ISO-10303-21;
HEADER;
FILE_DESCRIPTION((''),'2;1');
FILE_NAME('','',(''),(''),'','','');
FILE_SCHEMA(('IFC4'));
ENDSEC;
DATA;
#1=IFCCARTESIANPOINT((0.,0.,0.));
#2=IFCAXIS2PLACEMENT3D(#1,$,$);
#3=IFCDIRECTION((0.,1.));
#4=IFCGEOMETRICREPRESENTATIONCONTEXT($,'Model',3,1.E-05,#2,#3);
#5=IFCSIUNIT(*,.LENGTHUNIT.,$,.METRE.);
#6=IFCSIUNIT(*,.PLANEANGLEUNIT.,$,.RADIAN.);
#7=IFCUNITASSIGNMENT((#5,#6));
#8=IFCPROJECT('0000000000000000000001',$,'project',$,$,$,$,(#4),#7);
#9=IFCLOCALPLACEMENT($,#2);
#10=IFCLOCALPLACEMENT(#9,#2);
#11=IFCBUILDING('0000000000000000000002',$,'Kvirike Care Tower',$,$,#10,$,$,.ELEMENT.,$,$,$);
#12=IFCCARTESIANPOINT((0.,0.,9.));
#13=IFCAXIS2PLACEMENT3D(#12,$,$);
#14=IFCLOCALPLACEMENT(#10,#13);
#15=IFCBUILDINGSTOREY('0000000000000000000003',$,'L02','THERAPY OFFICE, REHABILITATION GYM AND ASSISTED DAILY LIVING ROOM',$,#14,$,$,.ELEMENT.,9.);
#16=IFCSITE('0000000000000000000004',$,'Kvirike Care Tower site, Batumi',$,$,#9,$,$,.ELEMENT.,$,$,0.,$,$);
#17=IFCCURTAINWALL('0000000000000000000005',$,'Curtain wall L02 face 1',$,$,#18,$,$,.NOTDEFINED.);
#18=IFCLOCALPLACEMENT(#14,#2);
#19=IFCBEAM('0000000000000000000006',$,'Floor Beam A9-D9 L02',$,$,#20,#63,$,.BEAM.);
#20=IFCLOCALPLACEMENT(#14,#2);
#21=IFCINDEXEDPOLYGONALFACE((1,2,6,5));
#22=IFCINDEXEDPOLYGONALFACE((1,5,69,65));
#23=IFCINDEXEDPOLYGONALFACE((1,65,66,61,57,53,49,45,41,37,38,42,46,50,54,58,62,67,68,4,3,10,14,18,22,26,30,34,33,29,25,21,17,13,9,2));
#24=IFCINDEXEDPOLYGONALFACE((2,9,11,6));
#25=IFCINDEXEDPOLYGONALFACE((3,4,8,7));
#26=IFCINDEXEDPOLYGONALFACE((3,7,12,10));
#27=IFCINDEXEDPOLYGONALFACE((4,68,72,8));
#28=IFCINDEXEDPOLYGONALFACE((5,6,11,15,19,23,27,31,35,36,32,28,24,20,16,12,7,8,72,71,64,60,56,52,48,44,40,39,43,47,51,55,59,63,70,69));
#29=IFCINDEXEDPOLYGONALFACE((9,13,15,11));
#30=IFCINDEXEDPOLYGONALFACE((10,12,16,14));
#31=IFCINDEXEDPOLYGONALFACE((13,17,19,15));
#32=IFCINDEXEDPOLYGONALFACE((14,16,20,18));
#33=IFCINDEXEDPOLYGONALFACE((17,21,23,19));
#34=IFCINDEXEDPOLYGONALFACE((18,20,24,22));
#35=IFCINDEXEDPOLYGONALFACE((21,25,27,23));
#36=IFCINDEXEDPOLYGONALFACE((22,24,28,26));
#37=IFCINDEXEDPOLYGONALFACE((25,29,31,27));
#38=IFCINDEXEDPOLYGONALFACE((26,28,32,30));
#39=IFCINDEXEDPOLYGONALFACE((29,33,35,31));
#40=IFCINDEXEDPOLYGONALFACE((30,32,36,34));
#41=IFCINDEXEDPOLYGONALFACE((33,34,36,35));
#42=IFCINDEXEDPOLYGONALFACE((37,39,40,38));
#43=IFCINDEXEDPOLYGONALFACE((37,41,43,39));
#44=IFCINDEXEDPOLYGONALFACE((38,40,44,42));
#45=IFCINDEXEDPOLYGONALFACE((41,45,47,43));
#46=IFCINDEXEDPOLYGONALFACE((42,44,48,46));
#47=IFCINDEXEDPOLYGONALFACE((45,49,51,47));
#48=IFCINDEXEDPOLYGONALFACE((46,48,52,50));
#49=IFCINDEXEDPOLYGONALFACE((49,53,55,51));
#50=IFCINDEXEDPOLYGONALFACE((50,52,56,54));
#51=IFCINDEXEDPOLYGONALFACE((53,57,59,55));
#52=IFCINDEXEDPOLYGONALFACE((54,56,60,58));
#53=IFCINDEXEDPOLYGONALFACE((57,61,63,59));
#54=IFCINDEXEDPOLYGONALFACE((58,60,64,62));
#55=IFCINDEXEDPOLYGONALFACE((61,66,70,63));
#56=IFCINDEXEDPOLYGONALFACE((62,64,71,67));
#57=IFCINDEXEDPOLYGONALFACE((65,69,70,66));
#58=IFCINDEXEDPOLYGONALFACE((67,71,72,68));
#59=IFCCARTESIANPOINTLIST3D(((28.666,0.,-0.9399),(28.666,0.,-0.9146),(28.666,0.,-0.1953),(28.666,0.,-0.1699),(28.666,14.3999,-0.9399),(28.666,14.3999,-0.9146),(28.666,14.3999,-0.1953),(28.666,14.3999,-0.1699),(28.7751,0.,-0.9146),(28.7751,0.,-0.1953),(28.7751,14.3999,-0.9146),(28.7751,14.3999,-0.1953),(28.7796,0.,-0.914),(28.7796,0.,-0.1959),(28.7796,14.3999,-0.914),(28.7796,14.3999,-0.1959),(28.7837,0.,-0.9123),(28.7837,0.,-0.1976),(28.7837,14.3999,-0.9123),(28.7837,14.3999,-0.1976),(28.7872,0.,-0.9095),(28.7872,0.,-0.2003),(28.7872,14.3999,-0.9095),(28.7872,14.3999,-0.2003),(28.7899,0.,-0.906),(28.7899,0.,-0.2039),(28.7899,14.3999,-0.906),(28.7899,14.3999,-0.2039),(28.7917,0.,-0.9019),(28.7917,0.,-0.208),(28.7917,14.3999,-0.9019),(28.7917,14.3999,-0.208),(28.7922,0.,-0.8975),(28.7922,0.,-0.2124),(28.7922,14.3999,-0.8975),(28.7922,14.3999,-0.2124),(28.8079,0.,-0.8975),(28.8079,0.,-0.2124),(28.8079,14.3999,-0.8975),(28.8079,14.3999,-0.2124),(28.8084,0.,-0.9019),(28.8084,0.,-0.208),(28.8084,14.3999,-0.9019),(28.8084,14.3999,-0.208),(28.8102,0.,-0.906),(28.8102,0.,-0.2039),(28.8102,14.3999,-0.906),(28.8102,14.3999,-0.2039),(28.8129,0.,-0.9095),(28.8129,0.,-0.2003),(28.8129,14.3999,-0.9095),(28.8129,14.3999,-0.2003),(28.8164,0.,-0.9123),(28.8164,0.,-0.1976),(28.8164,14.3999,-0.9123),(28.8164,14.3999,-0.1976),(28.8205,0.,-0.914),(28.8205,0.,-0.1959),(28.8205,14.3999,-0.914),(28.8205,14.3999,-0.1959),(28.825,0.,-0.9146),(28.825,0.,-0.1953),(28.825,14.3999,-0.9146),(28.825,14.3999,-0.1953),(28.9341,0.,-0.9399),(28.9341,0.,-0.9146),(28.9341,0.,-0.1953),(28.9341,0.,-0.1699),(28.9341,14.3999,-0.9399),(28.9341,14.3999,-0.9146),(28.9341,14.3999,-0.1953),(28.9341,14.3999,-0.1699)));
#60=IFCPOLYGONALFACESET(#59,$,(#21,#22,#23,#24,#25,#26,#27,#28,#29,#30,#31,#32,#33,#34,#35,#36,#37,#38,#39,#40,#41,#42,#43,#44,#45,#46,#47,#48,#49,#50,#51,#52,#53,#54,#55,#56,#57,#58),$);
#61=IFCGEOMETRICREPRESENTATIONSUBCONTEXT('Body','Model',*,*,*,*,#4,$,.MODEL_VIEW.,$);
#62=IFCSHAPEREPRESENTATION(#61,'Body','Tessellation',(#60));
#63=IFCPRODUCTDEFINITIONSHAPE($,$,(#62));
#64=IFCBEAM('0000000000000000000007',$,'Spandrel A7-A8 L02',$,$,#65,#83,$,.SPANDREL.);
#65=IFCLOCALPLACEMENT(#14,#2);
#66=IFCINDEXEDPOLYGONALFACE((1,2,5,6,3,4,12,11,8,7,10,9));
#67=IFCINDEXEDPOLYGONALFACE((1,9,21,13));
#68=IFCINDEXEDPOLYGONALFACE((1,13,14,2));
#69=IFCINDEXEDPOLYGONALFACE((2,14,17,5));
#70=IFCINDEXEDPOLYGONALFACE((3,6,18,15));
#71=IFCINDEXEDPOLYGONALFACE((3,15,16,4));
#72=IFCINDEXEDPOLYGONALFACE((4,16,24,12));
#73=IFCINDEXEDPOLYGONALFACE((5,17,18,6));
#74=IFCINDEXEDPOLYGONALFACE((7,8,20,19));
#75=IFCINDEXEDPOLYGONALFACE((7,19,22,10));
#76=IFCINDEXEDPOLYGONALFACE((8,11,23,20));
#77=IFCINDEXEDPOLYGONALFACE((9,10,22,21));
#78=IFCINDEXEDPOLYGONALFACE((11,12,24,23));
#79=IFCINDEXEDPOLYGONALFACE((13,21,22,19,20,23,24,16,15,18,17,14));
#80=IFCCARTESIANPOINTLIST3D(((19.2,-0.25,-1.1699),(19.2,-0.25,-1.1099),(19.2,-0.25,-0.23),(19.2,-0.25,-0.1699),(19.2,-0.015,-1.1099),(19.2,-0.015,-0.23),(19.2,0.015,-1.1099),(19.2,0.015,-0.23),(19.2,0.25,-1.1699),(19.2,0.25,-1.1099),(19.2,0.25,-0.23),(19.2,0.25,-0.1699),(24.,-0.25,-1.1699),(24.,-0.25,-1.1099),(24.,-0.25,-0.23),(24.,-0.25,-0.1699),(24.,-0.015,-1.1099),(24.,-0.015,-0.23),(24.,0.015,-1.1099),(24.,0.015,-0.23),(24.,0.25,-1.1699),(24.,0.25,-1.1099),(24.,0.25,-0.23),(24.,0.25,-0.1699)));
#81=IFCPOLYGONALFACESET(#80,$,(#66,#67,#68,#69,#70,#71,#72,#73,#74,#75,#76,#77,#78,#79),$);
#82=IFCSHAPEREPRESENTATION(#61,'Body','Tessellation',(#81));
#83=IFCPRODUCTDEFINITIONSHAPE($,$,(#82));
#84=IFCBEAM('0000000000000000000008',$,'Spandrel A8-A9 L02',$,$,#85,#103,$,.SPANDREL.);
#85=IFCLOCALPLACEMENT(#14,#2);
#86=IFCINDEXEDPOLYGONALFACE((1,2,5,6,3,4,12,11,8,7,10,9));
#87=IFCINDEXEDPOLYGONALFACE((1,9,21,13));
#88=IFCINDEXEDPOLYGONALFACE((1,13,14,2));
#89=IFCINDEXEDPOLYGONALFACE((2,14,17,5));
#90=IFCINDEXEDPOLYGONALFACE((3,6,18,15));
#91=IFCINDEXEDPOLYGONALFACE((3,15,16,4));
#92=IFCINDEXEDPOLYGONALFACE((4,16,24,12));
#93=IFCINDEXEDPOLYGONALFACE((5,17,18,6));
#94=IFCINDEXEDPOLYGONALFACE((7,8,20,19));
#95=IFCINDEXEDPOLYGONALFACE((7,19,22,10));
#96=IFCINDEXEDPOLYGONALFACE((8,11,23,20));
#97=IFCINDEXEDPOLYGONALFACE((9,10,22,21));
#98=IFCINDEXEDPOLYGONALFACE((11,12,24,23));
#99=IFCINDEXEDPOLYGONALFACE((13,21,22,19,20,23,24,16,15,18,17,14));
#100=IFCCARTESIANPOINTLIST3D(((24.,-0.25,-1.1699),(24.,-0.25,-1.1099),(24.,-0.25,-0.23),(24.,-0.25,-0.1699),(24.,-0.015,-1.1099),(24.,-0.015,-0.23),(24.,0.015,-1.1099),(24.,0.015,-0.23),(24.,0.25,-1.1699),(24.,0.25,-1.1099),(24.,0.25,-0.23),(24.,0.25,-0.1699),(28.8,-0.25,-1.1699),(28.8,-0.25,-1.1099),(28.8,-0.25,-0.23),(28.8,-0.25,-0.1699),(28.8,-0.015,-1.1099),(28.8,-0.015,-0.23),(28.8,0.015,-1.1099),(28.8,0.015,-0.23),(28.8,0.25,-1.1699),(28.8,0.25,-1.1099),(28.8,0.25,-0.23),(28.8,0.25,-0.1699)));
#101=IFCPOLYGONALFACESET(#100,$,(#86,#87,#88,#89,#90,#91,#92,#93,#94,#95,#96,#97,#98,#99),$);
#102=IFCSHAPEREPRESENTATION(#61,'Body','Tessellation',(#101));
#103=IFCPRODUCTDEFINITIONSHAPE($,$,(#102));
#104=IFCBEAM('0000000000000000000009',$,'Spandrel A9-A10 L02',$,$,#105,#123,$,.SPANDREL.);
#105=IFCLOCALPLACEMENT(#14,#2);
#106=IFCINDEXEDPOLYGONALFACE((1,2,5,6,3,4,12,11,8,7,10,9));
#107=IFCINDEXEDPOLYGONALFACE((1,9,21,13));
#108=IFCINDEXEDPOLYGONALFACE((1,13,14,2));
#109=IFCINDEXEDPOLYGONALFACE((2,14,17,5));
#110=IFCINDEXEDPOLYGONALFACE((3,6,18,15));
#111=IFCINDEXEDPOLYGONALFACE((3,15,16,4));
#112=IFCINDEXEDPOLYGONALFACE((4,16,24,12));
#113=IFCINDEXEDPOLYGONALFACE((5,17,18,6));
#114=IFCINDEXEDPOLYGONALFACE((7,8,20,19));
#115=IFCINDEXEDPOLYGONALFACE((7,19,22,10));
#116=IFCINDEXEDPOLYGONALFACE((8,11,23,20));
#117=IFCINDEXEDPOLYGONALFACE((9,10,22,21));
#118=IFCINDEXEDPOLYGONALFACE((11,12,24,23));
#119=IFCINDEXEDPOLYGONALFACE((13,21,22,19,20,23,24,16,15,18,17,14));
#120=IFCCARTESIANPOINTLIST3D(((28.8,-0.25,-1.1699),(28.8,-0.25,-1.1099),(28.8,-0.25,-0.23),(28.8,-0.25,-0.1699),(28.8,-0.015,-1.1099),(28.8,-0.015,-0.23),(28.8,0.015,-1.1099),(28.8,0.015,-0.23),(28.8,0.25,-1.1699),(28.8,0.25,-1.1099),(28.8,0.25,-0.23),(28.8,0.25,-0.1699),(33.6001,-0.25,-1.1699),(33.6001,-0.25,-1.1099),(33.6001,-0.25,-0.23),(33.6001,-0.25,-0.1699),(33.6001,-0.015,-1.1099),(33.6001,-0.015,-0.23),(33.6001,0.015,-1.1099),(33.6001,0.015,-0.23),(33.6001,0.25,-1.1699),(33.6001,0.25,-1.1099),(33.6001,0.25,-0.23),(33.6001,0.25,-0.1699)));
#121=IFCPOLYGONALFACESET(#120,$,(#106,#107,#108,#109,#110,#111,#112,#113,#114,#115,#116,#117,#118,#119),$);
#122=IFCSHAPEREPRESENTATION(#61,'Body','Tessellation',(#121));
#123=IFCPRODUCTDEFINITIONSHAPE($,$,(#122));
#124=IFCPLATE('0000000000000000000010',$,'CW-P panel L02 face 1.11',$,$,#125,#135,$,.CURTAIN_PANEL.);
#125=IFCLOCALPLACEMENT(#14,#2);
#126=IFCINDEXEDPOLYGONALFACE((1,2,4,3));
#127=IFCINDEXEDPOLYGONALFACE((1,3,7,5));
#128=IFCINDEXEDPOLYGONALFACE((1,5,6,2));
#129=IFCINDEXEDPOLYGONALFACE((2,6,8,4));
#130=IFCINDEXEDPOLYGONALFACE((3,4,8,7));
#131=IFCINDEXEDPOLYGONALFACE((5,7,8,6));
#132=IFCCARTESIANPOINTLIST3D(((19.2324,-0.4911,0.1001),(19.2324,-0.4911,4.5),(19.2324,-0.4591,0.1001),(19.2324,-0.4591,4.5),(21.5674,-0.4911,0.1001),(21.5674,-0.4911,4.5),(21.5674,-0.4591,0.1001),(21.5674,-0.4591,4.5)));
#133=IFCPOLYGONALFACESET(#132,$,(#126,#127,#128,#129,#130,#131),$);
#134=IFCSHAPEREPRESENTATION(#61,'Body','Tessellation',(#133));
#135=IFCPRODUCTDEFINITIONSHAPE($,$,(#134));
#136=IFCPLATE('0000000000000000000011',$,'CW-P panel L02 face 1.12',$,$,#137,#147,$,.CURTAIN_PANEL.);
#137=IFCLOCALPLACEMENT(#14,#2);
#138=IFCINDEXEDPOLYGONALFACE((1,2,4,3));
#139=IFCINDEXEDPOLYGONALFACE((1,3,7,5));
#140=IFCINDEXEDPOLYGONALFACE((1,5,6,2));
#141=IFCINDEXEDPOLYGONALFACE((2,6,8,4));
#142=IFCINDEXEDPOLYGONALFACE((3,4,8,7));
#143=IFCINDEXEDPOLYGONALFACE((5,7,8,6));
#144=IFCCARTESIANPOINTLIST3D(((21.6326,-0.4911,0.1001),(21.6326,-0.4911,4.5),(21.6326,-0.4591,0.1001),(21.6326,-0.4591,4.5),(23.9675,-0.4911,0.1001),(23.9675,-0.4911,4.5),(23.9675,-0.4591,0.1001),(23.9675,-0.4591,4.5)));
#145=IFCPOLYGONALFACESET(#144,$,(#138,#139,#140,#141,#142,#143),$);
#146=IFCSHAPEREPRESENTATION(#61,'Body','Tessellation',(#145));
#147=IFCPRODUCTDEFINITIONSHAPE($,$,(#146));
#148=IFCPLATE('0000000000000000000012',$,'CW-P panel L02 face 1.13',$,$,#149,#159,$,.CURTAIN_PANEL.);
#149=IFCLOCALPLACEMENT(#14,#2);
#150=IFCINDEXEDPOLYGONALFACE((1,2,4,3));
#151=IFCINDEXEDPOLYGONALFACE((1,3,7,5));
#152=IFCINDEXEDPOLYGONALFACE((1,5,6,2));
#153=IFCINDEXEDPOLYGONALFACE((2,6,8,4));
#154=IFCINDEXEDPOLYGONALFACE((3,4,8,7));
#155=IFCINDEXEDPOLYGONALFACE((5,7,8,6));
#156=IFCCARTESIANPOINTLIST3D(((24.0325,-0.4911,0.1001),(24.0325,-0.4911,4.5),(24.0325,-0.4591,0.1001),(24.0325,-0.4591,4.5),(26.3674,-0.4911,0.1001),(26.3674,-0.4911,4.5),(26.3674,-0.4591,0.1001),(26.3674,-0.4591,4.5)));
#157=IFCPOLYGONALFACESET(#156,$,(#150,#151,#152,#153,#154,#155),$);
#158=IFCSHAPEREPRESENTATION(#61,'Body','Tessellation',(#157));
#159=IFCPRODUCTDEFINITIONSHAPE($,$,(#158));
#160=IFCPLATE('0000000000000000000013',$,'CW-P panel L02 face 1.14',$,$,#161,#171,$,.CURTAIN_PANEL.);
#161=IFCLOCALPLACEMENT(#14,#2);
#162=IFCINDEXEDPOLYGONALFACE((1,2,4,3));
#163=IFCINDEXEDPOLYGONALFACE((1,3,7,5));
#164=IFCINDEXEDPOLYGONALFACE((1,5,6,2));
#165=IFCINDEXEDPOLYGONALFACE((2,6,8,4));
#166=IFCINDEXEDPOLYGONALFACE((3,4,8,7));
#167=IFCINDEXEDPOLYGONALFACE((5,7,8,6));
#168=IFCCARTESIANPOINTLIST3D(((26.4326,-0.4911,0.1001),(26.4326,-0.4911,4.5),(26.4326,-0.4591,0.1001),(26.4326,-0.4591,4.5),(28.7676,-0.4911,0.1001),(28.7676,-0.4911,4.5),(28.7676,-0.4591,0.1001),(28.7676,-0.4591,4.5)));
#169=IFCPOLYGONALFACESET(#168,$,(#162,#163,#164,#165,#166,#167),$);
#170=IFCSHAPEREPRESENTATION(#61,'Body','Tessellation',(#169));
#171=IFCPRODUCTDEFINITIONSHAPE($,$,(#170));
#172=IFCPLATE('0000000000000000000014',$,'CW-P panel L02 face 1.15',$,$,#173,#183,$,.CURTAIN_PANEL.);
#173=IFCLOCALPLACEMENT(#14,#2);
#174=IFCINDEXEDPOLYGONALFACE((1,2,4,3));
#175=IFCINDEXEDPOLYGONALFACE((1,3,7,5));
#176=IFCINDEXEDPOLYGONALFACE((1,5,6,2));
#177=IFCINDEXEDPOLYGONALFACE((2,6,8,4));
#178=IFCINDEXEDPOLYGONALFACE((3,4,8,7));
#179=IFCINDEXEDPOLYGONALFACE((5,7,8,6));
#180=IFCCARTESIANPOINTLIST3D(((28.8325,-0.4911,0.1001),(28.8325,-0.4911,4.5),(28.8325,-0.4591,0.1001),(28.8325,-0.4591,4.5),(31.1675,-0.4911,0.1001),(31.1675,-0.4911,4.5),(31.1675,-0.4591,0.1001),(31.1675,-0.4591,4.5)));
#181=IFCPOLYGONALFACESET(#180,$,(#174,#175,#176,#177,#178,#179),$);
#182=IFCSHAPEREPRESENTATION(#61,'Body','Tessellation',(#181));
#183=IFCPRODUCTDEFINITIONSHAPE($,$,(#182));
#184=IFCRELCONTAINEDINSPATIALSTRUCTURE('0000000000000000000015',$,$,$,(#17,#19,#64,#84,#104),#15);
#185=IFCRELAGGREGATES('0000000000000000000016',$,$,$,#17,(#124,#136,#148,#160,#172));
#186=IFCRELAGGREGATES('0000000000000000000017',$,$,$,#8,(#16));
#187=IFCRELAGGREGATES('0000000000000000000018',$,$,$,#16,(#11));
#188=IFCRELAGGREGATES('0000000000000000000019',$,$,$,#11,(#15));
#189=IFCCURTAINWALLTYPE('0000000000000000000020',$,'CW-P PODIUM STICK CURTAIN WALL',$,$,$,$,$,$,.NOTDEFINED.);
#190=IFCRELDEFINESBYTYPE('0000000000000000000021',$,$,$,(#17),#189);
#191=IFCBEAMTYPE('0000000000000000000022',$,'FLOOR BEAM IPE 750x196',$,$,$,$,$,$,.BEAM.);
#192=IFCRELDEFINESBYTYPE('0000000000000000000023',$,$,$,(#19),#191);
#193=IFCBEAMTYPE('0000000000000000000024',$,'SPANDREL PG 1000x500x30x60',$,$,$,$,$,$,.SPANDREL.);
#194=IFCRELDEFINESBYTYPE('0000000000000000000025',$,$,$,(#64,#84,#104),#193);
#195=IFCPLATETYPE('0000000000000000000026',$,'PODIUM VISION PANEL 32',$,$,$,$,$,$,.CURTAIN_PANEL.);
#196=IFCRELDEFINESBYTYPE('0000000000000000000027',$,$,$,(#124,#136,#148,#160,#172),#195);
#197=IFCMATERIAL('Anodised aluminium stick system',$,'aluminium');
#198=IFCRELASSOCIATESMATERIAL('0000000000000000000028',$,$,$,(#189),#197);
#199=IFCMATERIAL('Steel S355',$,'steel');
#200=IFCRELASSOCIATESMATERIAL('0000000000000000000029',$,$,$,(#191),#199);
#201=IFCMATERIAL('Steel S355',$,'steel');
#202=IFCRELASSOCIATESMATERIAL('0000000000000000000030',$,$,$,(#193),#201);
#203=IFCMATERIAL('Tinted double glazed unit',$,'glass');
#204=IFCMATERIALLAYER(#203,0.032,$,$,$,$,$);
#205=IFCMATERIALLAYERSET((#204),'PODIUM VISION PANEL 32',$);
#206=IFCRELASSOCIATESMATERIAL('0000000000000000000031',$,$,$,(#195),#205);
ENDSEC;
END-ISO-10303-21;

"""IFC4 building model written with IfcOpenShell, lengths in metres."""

from ifc_helpers import new_model, si_unit, direction, frame, origin, origin_2d, place, context, subcontext, project, spatial, rectangle, i_section, extrude, material, layer, layer_set, material_profile, profile_set, type_object, element, aggregate, save


model = new_model("IFC4")

# Units and contexts
model_context = context("Model", 3, precision=1e-05, world=origin(), true_north=direction((0.0, 1.0)))
body_context = subcontext(model_context, "Body", "Model", "MODEL_VIEW")
ifc_project = project(units=[si_unit("LENGTHUNIT", "METRE"), si_unit("PLANEANGLEUNIT", "RADIAN")], contexts=[model_context])

# Site, building, storey
site_placement = place(None, origin())
site = spatial("IfcSite", under=ifc_project, at=site_placement, Name="Kvirike Care Tower site, Batumi", CompositionType="ELEMENT", RefElevation=0.0)
building_placement = place(site_placement, origin())
building = spatial("IfcBuilding", under=site, at=building_placement, Name="Kvirike Care Tower", CompositionType="ELEMENT")
storey_placement = place(building_placement, frame((0.0, 0.0, 9.0)))
storey = spatial("IfcBuildingStorey", under=building, at=storey_placement, Name="L02", Description="THERAPY OFFICE, REHABILITATION GYM AND ASSISTED DAILY LIVING ROOM", CompositionType="ELEMENT", Elevation=9.0)

# Curtain wall
ifc_material_1 = material(Name="Anodised aluminium stick system", Category="aluminium")
curtain_wall_type = type_object("IfcCurtainWallType", Name="CW-P PODIUM STICK CURTAIN WALL", PredefinedType="NOTDEFINED", material=ifc_material_1)
curtain_wall_placement = place(storey_placement, origin())
curtain_wall = element("IfcCurtainWall", 1, at=curtain_wall_placement, inside=storey, type_object=curtain_wall_type, Name="Curtain wall L02 face 1", PredefinedType="NOTDEFINED")

# Beams
ifc_material_2 = material(Name="Steel S355", Category="steel")
ifc_material_profile_1 = material_profile(ifc_material_2, i_section(OverallWidth=0.2681, OverallDepth=0.77, WebThickness=0.0156, FlangeThickness=0.0254, FilletRadius=0.0171, at=origin_2d()), Name="IPE 750x196")
ifc_profile_set_1 = profile_set([ifc_material_profile_1], Name="Steel S355")
beam_type_1 = type_object("IfcBeamType", Name="FLOOR BEAM IPE 750x196", PredefinedType="BEAM", material=ifc_profile_set_1)
beam_placement = place(storey_placement, frame((28.8, 0.0, -0.5549), z_axis=(0.0, 1.0, 0.0), x_axis=(-1.0, 0.0, 0.0)))
element("IfcBeam", 2, at=beam_placement, inside=storey, type_object=beam_type_1, Name="Floor Beam A9-D9 L02", PredefinedType="BEAM", context=body_context, shape_type="SweptSolid", body=[
    extrude(i_section(OverallWidth=0.2681, OverallDepth=0.77, WebThickness=0.0156, FlangeThickness=0.0254, FilletRadius=0.0171, at=origin_2d()), origin(), (0.0, 0.0, 1.0), 14.3999),
])
ifc_material_3 = material(Name="Steel S355", Category="steel")
ifc_material_profile_2 = material_profile(ifc_material_3, i_section(OverallWidth=0.5, OverallDepth=1.0, WebThickness=0.03, FlangeThickness=0.0601, at=origin_2d()), Name="PG 1000x500x30x60")
ifc_profile_set_2 = profile_set([ifc_material_profile_2], Name="Steel S355")
beam_type_2 = type_object("IfcBeamType", Name="SPANDREL PG 1000x500x30x60", PredefinedType="SPANDREL", material=ifc_profile_set_2)
for number, where, z_axis, x_axis, name in (
    (3, (19.2, 0.0, -0.6699), (1.0, 0.0, 0.0), (0.0, 1.0, 0.0), "Spandrel A7-A8 L02"),
    (4, (24.0, 0.0, -0.6699), (1.0, 0.0, 0.0), (0.0, 1.0, 0.0), "Spandrel A8-A9 L02"),
    (5, (28.8, 0.0, -0.6699), (1.0, 0.0, 0.0), (0.0, 1.0, 0.0), "Spandrel A9-A10 L02"),
):
    element("IfcBeam", number, at=place(storey_placement, frame(where, z_axis=z_axis, x_axis=x_axis)), inside=storey, type_object=beam_type_2, Name=name, PredefinedType="SPANDREL", context=body_context, shape_type="SweptSolid", body=[
        extrude(i_section(OverallWidth=0.5, OverallDepth=1.0, WebThickness=0.03, FlangeThickness=0.0601, at=origin_2d()), origin(), (0.0, 0.0, 1.0), 4.8),
    ])

# Plates
ifc_material_4 = material(Name="Tinted double glazed unit", Category="glass")
ifc_layer = layer(ifc_material_4, 0.032)
ifc_layer_set = layer_set([ifc_layer], Name="PODIUM VISION PANEL 32")
plate_type = type_object("IfcPlateType", Name="PODIUM VISION PANEL 32", PredefinedType="CURTAIN_PANEL", material=ifc_layer_set)
plate_1_placement = place(storey_placement, frame((20.3999, -0.4751, 0.1001), z_axis=(0.0, 0.0, 1.0), x_axis=(1.0, 0.0, 0.0)))
plate_1 = element("IfcPlate", 6, at=plate_1_placement, type_object=plate_type, Name="CW-P panel L02 face 1.11", PredefinedType="CURTAIN_PANEL", context=body_context, shape_type="SweptSolid", body=[
    extrude(rectangle(XDim=2.335, YDim=0.032, at=origin_2d()), origin(), (0.0, 0.0, 1.0), 4.3999),
])
plate_2_placement = place(storey_placement, frame((22.8, -0.4751, 0.1001), z_axis=(0.0, 0.0, 1.0), x_axis=(1.0, 0.0, 0.0)))
plate_2 = element("IfcPlate", 7, at=plate_2_placement, type_object=plate_type, Name="CW-P panel L02 face 1.12", PredefinedType="CURTAIN_PANEL", context=body_context, shape_type="SweptSolid", body=[
    extrude(rectangle(XDim=2.335, YDim=0.032, at=origin_2d()), origin(), (0.0, 0.0, 1.0), 4.3999),
])
plate_3_placement = place(storey_placement, frame((25.2, -0.4751, 0.1001), z_axis=(0.0, 0.0, 1.0), x_axis=(1.0, 0.0, 0.0)))
plate_3 = element("IfcPlate", 8, at=plate_3_placement, type_object=plate_type, Name="CW-P panel L02 face 1.13", PredefinedType="CURTAIN_PANEL", context=body_context, shape_type="SweptSolid", body=[
    extrude(rectangle(XDim=2.335, YDim=0.032, at=origin_2d()), origin(), (0.0, 0.0, 1.0), 4.3999),
])
plate_4_placement = place(storey_placement, frame((27.6001, -0.4751, 0.1001), z_axis=(0.0, 0.0, 1.0), x_axis=(1.0, 0.0, 0.0)))
plate_4 = element("IfcPlate", 9, at=plate_4_placement, type_object=plate_type, Name="CW-P panel L02 face 1.14", PredefinedType="CURTAIN_PANEL", context=body_context, shape_type="SweptSolid", body=[
    extrude(rectangle(XDim=2.335, YDim=0.032, at=origin_2d()), origin(), (0.0, 0.0, 1.0), 4.3999),
])
plate_5_placement = place(storey_placement, frame((30.0, -0.4751, 0.1001), z_axis=(0.0, 0.0, 1.0), x_axis=(1.0, 0.0, 0.0)))
plate_5 = element("IfcPlate", 10, at=plate_5_placement, type_object=plate_type, Name="CW-P panel L02 face 1.15", PredefinedType="CURTAIN_PANEL", context=body_context, shape_type="SweptSolid", body=[
    extrude(rectangle(XDim=2.335, YDim=0.032, at=origin_2d()), origin(), (0.0, 0.0, 1.0), 4.3999),
])
aggregate(curtain_wall, [plate_1, plate_2, plate_3, plate_4, plate_5])

save(model, "model.ifc")
